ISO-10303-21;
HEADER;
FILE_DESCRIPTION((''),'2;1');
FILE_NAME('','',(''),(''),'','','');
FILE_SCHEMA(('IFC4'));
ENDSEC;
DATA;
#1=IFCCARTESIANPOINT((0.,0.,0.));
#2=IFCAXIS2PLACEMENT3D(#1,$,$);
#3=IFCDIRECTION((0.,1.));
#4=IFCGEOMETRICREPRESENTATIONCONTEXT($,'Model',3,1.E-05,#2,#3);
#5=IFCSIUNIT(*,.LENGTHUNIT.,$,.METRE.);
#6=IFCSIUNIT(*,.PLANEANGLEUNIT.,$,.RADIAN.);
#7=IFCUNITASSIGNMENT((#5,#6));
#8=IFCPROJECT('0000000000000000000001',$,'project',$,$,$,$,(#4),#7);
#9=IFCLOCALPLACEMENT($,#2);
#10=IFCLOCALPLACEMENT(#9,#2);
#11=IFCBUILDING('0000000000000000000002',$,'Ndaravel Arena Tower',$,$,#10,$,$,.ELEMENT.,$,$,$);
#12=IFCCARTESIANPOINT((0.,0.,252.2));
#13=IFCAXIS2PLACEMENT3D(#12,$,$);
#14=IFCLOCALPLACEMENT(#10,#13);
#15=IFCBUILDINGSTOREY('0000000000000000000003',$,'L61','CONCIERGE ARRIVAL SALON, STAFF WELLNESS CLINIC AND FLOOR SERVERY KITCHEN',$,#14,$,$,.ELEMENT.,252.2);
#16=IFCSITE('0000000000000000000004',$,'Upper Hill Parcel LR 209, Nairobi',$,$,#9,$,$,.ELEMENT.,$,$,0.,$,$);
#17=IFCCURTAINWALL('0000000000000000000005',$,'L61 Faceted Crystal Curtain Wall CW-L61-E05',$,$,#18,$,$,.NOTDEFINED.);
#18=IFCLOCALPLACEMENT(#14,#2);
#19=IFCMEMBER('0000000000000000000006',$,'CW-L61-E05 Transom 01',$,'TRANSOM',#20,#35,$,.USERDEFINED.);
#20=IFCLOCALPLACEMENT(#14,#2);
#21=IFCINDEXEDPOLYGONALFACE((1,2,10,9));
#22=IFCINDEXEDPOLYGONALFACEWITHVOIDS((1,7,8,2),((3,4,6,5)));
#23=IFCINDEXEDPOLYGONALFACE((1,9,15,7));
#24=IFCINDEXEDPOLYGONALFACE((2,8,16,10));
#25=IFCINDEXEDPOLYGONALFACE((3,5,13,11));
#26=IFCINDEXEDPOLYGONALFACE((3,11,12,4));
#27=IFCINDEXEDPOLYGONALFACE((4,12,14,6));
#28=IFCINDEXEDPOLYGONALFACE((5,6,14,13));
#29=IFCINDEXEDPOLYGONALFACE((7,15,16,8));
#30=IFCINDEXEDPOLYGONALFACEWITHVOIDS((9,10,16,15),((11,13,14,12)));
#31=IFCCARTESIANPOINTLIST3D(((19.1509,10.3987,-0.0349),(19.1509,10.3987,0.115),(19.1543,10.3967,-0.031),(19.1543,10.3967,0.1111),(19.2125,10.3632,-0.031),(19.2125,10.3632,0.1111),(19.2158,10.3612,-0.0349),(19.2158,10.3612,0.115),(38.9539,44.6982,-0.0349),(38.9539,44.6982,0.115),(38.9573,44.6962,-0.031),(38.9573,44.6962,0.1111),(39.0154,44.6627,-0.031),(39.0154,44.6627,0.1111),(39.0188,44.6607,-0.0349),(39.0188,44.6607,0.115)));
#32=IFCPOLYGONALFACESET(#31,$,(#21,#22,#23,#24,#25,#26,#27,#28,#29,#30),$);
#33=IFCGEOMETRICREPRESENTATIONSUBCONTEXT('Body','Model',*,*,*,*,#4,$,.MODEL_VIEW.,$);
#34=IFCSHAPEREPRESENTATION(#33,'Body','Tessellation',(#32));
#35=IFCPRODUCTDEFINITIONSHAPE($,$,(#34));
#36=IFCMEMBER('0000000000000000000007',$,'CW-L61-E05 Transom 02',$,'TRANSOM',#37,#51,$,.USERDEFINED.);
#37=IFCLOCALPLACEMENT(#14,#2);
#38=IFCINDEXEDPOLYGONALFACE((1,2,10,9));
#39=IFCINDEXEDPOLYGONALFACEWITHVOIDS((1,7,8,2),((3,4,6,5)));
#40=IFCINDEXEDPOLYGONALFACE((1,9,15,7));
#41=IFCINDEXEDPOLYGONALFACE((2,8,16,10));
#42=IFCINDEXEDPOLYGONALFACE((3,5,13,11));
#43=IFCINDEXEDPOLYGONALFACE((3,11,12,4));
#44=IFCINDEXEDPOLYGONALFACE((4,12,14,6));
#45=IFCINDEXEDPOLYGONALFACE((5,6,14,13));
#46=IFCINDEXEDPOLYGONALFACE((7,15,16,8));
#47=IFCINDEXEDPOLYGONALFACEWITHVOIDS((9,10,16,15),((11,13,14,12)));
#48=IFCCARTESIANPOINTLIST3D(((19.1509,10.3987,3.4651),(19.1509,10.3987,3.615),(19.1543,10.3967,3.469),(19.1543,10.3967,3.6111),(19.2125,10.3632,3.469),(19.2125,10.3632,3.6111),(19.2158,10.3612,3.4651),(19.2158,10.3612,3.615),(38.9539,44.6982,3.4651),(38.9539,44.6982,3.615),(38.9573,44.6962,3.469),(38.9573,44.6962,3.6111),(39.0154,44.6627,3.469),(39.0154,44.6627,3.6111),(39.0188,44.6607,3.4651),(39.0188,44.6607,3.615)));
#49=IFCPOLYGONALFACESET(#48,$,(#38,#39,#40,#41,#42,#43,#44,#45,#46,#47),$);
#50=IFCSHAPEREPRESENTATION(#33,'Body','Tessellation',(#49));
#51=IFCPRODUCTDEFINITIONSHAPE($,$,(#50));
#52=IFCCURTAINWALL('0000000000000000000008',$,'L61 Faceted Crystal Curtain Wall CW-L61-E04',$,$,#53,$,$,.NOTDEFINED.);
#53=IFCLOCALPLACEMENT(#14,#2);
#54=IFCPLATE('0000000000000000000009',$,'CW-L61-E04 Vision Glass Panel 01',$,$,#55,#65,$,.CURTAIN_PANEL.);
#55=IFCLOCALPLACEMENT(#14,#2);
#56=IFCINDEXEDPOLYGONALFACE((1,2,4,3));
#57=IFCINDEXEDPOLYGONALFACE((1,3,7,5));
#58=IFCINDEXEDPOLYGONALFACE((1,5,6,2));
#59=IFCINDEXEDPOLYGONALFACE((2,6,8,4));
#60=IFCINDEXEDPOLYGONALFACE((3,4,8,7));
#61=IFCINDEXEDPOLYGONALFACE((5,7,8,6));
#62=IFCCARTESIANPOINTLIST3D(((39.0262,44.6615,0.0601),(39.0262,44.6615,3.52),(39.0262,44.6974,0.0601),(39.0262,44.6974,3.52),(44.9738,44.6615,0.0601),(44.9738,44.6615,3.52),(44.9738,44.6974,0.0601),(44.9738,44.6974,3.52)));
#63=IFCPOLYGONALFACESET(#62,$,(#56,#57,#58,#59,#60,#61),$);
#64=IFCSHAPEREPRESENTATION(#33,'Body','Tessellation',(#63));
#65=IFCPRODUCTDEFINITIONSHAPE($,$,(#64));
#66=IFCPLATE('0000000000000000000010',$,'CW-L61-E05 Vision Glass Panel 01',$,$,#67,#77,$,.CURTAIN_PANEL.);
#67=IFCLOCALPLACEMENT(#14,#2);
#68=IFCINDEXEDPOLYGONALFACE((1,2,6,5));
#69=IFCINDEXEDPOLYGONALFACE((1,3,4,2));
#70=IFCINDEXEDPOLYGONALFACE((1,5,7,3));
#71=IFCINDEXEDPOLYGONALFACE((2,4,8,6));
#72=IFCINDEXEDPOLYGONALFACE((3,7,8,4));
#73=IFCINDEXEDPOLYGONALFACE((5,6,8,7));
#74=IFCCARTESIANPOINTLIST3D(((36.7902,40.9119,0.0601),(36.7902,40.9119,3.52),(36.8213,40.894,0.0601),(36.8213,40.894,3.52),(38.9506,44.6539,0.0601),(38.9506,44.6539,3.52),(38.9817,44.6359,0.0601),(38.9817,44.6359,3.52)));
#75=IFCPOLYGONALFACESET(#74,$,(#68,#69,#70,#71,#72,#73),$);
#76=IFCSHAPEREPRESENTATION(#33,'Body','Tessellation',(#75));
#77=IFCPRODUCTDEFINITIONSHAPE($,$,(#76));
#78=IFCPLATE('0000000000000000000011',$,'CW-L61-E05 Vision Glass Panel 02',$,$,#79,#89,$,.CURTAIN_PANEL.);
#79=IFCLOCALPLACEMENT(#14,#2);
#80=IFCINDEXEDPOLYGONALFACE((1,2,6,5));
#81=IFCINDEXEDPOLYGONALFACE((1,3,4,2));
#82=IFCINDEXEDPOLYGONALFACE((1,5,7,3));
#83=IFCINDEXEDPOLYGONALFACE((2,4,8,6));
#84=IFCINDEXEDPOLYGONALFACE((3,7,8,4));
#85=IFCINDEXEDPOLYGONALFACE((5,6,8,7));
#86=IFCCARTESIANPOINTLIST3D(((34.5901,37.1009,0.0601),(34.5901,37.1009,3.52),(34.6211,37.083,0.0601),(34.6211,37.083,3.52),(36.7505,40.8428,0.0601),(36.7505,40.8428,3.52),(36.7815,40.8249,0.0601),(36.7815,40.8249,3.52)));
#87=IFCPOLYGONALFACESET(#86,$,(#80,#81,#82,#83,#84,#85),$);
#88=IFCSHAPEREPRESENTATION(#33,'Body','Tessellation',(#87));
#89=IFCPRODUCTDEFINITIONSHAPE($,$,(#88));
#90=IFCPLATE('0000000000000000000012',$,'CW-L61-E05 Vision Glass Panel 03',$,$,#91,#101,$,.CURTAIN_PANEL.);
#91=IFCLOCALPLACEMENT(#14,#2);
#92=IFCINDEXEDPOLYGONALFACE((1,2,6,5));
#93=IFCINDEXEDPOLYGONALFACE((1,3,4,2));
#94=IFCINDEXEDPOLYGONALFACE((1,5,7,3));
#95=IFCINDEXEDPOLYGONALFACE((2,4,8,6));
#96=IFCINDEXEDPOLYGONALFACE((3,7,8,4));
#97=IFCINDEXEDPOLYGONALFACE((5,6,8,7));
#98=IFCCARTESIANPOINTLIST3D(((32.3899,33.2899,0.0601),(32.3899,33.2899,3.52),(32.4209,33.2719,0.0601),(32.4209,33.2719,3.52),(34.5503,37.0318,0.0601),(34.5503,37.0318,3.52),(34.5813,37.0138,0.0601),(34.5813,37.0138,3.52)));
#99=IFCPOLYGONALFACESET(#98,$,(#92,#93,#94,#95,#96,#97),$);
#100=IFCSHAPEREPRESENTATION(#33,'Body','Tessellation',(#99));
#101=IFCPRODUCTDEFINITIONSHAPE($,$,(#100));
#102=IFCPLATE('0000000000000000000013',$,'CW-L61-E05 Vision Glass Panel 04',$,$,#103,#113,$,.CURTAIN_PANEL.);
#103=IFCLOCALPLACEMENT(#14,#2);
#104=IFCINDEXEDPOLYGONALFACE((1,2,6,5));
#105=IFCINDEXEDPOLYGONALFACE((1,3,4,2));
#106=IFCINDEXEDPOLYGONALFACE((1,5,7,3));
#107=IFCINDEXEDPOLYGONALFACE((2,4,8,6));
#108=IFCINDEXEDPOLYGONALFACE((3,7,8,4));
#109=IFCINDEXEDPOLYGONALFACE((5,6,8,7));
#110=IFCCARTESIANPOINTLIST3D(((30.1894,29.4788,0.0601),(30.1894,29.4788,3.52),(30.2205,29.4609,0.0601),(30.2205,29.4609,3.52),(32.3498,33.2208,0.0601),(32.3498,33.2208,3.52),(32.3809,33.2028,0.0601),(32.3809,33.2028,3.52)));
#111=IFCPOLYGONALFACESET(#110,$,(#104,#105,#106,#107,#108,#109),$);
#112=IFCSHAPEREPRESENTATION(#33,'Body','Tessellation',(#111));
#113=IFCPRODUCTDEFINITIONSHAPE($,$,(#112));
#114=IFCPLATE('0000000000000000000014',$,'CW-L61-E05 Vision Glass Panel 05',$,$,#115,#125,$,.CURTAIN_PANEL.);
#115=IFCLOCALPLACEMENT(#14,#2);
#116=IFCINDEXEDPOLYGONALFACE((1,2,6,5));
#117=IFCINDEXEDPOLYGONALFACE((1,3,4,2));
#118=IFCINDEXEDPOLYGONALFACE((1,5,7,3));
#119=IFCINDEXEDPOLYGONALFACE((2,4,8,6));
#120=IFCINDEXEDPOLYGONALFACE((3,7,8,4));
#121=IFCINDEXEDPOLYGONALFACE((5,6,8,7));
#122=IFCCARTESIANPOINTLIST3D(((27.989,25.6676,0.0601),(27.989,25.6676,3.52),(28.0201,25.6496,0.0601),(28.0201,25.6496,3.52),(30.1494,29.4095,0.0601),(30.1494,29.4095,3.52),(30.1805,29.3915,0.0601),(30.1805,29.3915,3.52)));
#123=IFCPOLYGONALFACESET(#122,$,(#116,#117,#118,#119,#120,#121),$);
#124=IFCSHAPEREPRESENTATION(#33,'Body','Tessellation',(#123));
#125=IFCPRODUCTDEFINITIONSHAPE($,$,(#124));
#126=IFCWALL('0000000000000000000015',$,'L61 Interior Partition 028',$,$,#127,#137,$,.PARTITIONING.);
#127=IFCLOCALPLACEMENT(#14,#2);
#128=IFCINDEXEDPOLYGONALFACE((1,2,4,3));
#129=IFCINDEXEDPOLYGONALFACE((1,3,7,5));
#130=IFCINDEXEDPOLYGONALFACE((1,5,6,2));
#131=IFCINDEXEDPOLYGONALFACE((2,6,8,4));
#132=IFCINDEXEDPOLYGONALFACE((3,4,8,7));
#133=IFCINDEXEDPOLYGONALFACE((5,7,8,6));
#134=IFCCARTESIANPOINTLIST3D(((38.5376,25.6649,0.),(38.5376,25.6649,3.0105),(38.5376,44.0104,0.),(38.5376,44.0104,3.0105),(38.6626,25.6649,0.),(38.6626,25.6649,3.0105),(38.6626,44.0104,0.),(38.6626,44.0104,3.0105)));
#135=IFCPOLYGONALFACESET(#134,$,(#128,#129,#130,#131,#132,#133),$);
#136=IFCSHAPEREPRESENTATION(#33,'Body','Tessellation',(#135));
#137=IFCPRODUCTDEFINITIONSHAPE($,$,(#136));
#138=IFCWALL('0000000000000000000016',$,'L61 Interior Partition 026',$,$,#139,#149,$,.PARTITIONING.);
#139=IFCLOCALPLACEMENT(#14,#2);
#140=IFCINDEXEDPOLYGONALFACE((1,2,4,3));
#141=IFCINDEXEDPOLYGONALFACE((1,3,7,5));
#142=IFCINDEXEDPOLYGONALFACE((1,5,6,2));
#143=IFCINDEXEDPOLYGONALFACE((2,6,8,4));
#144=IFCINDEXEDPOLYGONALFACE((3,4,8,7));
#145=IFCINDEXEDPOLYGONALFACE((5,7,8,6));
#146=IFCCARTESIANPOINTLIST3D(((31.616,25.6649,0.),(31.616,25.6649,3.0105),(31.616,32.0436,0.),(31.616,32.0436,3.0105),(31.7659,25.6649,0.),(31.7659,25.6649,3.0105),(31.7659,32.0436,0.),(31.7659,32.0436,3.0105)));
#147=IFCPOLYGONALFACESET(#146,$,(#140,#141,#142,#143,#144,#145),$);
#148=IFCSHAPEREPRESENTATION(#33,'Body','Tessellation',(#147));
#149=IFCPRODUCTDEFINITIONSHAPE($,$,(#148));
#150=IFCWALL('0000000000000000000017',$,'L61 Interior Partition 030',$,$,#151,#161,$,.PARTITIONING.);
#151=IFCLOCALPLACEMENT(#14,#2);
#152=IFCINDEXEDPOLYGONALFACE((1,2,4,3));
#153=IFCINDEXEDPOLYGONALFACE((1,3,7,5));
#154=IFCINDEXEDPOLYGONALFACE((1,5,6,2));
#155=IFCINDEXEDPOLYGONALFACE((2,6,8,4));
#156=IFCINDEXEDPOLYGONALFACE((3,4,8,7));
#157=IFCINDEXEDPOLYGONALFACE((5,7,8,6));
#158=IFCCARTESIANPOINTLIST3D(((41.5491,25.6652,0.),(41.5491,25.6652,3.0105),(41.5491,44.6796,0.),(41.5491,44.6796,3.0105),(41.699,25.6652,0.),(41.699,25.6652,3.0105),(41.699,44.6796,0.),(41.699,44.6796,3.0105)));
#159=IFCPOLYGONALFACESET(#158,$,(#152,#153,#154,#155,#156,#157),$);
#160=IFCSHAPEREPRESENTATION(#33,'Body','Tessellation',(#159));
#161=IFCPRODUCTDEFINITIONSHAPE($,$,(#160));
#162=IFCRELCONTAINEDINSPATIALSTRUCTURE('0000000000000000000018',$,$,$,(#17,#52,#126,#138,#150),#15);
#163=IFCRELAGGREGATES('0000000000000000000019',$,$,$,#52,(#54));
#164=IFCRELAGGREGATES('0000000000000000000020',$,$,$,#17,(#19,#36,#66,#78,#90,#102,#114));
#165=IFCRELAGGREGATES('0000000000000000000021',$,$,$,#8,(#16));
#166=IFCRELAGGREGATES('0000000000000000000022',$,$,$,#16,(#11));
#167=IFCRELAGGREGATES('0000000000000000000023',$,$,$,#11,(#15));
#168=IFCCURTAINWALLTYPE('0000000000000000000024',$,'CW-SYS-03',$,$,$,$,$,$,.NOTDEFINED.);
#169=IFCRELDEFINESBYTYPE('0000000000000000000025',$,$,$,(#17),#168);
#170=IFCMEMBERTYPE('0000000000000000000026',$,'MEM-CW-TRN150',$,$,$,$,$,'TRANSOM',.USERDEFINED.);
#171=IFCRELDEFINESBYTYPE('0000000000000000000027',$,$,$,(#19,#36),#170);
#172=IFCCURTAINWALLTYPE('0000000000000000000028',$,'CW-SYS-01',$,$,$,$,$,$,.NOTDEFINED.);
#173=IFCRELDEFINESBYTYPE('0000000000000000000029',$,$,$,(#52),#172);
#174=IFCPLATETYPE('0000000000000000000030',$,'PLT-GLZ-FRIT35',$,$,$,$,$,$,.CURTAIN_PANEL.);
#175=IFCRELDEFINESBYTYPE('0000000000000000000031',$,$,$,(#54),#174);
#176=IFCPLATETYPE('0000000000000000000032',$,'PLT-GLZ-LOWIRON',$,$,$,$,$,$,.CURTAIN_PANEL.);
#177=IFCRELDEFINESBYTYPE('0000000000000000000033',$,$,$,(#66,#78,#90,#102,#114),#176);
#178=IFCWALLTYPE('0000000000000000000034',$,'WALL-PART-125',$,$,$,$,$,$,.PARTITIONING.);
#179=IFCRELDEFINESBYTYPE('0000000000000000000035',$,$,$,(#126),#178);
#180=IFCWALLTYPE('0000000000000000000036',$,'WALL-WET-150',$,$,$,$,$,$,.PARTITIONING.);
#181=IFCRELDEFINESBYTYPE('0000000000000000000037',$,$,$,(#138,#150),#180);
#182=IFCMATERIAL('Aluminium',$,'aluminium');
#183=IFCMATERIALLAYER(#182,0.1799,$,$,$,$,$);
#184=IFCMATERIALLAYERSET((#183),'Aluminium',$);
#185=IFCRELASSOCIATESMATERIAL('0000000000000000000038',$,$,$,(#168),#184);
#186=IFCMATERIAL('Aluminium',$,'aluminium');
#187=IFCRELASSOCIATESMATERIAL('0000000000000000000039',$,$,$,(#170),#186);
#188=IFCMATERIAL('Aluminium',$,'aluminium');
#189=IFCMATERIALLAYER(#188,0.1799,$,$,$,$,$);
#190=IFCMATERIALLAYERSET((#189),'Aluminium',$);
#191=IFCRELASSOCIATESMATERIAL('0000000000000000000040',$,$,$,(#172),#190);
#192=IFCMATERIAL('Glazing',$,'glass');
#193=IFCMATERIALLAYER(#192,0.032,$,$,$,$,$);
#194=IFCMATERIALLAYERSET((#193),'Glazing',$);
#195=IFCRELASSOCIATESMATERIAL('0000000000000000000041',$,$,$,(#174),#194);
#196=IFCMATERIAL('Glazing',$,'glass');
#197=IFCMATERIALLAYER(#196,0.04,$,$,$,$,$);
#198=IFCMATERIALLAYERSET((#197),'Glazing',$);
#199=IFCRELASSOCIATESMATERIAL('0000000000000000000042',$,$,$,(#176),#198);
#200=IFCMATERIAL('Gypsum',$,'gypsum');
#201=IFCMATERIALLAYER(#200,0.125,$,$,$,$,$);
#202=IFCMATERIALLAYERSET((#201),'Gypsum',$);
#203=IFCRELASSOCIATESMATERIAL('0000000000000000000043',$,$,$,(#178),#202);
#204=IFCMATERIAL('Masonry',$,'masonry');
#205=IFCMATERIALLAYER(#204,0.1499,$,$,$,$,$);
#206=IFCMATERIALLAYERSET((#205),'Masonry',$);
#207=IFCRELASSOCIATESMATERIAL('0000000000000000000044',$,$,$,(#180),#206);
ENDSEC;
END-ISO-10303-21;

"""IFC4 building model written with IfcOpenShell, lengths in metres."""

from ifc_helpers import new_model, si_unit, direction, frame, frame_2d, origin, origin_2d, place, context, subcontext, project, spatial, rectangle, hollow_rectangle, extrude, material, layer, layer_set, material_profile, profile_set, type_object, element, aggregate, save


model = new_model("IFC4")

# Units and contexts
model_context = context("Model", 3, precision=1e-05, world=origin(), true_north=direction((0.0, 1.0)))
body_context = subcontext(model_context, "Body", "Model", "MODEL_VIEW")
ifc_project = project(units=[si_unit("LENGTHUNIT", "METRE"), si_unit("PLANEANGLEUNIT", "RADIAN")], contexts=[model_context])

# Site, building, storey
site_placement = place(None, origin())
site = spatial("IfcSite", under=ifc_project, at=site_placement, Name="Upper Hill Parcel LR 209, Nairobi", CompositionType="ELEMENT", RefElevation=0.0)
building_placement = place(site_placement, origin())
building = spatial("IfcBuilding", under=site, at=building_placement, Name="Ndaravel Arena Tower", CompositionType="ELEMENT")
storey_placement = place(building_placement, frame((0.0, 0.0, 252.2)))
storey = spatial("IfcBuildingStorey", under=building, at=storey_placement, Name="L61", Description="CONCIERGE ARRIVAL SALON, STAFF WELLNESS CLINIC AND FLOOR SERVERY KITCHEN", CompositionType="ELEMENT", Elevation=252.2)

# Curtain wall, members
ifc_material_1 = material(Name="Aluminium", Category="aluminium")
ifc_layer_1 = layer(ifc_material_1, 0.1799)
ifc_layer_set_1 = layer_set([ifc_layer_1], Name="Aluminium")
curtain_wall_type_1 = type_object("IfcCurtainWallType", Name="CW-SYS-03", PredefinedType="NOTDEFINED", material=ifc_layer_set_1)
curtain_wall_1_placement = place(storey_placement, origin())
curtain_wall_1 = element("IfcCurtainWall", 1, at=curtain_wall_1_placement, inside=storey, type_object=curtain_wall_type_1, Name="L61 Faceted Crystal Curtain Wall CW-L61-E05", PredefinedType="NOTDEFINED")
ifc_material_2 = material(Name="Aluminium", Category="aluminium")
ifc_material_profile_1 = material_profile(ifc_material_2, hollow_rectangle(XDim=0.075, YDim=0.1499, WallThickness=0.0039, at=origin_2d()), Name="CW TRANSOM 75x150x4")
ifc_profile_set_1 = profile_set([ifc_material_profile_1], Name="Aluminium")
member_type_1 = type_object("IfcMemberType", Name="MEM-CW-TRN150", ElementType="TRANSOM", PredefinedType="USERDEFINED", material=ifc_profile_set_1)
member_1_placement = place(storey_placement, frame((38.9863, 44.6794, 0.04), z_axis=(-0.500002, -0.866024, 0.0), x_axis=(0.866024, -0.500002, 0.0)))
member_1 = element("IfcMember", 2, at=member_1_placement, type_object=member_type_1, Name="CW-L61-E05 Transom 01", ObjectType="TRANSOM", PredefinedType="USERDEFINED", context=body_context, shape_type="SweptSolid", body=[
    extrude(hollow_rectangle(XDim=0.075, YDim=0.1499, WallThickness=0.0039, at=origin_2d()), origin(), (0.0, 0.0, 1.0), 39.6057),
])
member_2_placement = place(storey_placement, frame((38.9863, 44.6794, 3.54), z_axis=(-0.500002, -0.866024, 0.0), x_axis=(0.866024, -0.500002, 0.0)))
member_2 = element("IfcMember", 3, at=member_2_placement, type_object=member_type_1, Name="CW-L61-E05 Transom 02", ObjectType="TRANSOM", PredefinedType="USERDEFINED", context=body_context, shape_type="SweptSolid", body=[
    extrude(hollow_rectangle(XDim=0.075, YDim=0.1499, WallThickness=0.0039, at=origin_2d()), origin(), (0.0, 0.0, 1.0), 39.6057),
])

# Curtain wall, plate
ifc_material_3 = material(Name="Aluminium", Category="aluminium")
ifc_layer_2 = layer(ifc_material_3, 0.1799)
ifc_layer_set_2 = layer_set([ifc_layer_2], Name="Aluminium")
curtain_wall_type_2 = type_object("IfcCurtainWallType", Name="CW-SYS-01", PredefinedType="NOTDEFINED", material=ifc_layer_set_2)
curtain_wall_2_placement = place(storey_placement, origin())
curtain_wall_2 = element("IfcCurtainWall", 4, at=curtain_wall_2_placement, inside=storey, type_object=curtain_wall_type_2, Name="L61 Faceted Crystal Curtain Wall CW-L61-E04", PredefinedType="NOTDEFINED")
ifc_material_4 = material(Name="Glazing", Category="glass")
ifc_layer_3 = layer(ifc_material_4, 0.032)
ifc_layer_set_3 = layer_set([ifc_layer_3], Name="Glazing")
plate_type_1 = type_object("IfcPlateType", Name="PLT-GLZ-FRIT35", PredefinedType="CURTAIN_PANEL", material=ifc_layer_set_3)
plate_1_placement = place(storey_placement, frame((42.0, 44.6794, 0.0601), z_axis=(0.0, 0.0, 1.0), x_axis=(-1.0, 0.0, 0.0)))
plate_1 = element("IfcPlate", 5, at=plate_1_placement, type_object=plate_type_1, Name="CW-L61-E04 Vision Glass Panel 01", PredefinedType="CURTAIN_PANEL", context=body_context, shape_type="SweptSolid", body=[
    extrude(rectangle(XDim=5.9475, YDim=0.0359, at=origin_2d()), origin(), (0.0, 0.0, 1.0), 3.46),
])
aggregate(curtain_wall_2, [plate_1])

# Plates
ifc_material_5 = material(Name="Glazing", Category="glass")
ifc_layer_4 = layer(ifc_material_5, 0.04)
ifc_layer_set_4 = layer_set([ifc_layer_4], Name="Glazing")
plate_type_2 = type_object("IfcPlateType", Name="PLT-GLZ-LOWIRON", PredefinedType="CURTAIN_PANEL", material=ifc_layer_set_4)
plate_2_placement = place(storey_placement, frame((37.886, 42.7739, 0.0601), z_axis=(0.0, 0.0, 1.0), x_axis=(-0.5, -0.866025, 0.0)))
plate_2 = element("IfcPlate", 6, at=plate_2_placement, type_object=plate_type_2, Name="CW-L61-E05 Vision Glass Panel 01", PredefinedType="CURTAIN_PANEL", context=body_context, shape_type="SweptSolid", body=[
    extrude(rectangle(XDim=4.3208, YDim=0.0359, at=origin_2d()), origin(), (0.0, 0.0, 1.0), 3.46),
])
plate_3_placement = place(storey_placement, frame((35.6858, 38.9629, 0.0601), z_axis=(0.0, 0.0, 1.0), x_axis=(-0.5, -0.866025, 0.0)))
plate_3 = element("IfcPlate", 7, at=plate_3_placement, type_object=plate_type_2, Name="CW-L61-E05 Vision Glass Panel 02", PredefinedType="CURTAIN_PANEL", context=body_context, shape_type="SweptSolid", body=[
    extrude(rectangle(XDim=4.3208, YDim=0.0359, at=origin_2d()), origin(), (0.0, 0.0, 1.0), 3.46),
])
plate_4_placement = place(storey_placement, frame((33.4856, 35.1519, 0.0601), z_axis=(0.0, 0.0, 1.0), x_axis=(-0.5, -0.866025, 0.0)))
plate_4 = element("IfcPlate", 8, at=plate_4_placement, type_object=plate_type_2, Name="CW-L61-E05 Vision Glass Panel 03", PredefinedType="CURTAIN_PANEL", context=body_context, shape_type="SweptSolid", body=[
    extrude(rectangle(XDim=4.3208, YDim=0.0359, at=origin_2d()), origin(), (0.0, 0.0, 1.0), 3.46),
])
plate_5_placement = place(storey_placement, frame((31.2852, 31.3408, 0.0601), z_axis=(0.0, 0.0, 1.0), x_axis=(-0.5, -0.866025, 0.0)))
plate_5 = element("IfcPlate", 9, at=plate_5_placement, type_object=plate_type_2, Name="CW-L61-E05 Vision Glass Panel 04", PredefinedType="CURTAIN_PANEL", context=body_context, shape_type="SweptSolid", body=[
    extrude(rectangle(XDim=4.3208, YDim=0.0359, at=origin_2d()), origin(), (0.0, 0.0, 1.0), 3.46),
])
plate_6_placement = place(storey_placement, frame((29.0847, 27.5295, 0.0601), z_axis=(0.0, 0.0, 1.0), x_axis=(-0.5, -0.866025, 0.0)))
plate_6 = element("IfcPlate", 10, at=plate_6_placement, type_object=plate_type_2, Name="CW-L61-E05 Vision Glass Panel 05", PredefinedType="CURTAIN_PANEL", context=body_context, shape_type="SweptSolid", body=[
    extrude(rectangle(XDim=4.3208, YDim=0.0359, at=origin_2d()), origin(), (0.0, 0.0, 1.0), 3.46),
])
aggregate(curtain_wall_1, [member_1, member_2, plate_2, plate_3, plate_4, plate_5, plate_6])

# Walls
ifc_material_6 = material(Name="Gypsum", Category="gypsum")
ifc_layer_5 = layer(ifc_material_6, 0.125)
ifc_layer_set_5 = layer_set([ifc_layer_5], Name="Gypsum")
wall_type_1 = type_object("IfcWallType", Name="WALL-PART-125", PredefinedType="PARTITIONING", material=ifc_layer_set_5)
wall_1_placement = place(storey_placement, frame((38.6001, 44.0105, 0.0), z_axis=(0.0, 0.0, 1.0), x_axis=(0.0, -1.0, 0.0)))
element("IfcWall", 11, at=wall_1_placement, inside=storey, type_object=wall_type_1, Name="L61 Interior Partition 028", PredefinedType="PARTITIONING", context=body_context, shape_type="SweptSolid", body=[
    extrude(rectangle(XDim=18.3455, YDim=0.125, at=frame_2d((9.1729, 0.0))), origin(), (0.0, 0.0, 1.0), 3.0105),
])
ifc_material_7 = material(Name="Masonry", Category="masonry")
ifc_layer_6 = layer(ifc_material_7, 0.1499)
ifc_layer_set_6 = layer_set([ifc_layer_6], Name="Masonry")
wall_type_2 = type_object("IfcWallType", Name="WALL-WET-150", PredefinedType="PARTITIONING", material=ifc_layer_set_6)
wall_2_placement = place(storey_placement, frame((31.6909, 32.0437, 0.0), z_axis=(0.0, 0.0, 1.0), x_axis=(0.0, -1.0, 0.0)))
element("IfcWall", 12, at=wall_2_placement, inside=storey, type_object=wall_type_2, Name="L61 Interior Partition 026", PredefinedType="PARTITIONING", context=body_context, shape_type="SweptSolid", body=[
    extrude(rectangle(XDim=6.3787, YDim=0.1499, at=frame_2d((3.1895, 0.0))), origin(), (0.0, 0.0, 1.0), 3.0105),
])
wall_3_placement = place(storey_placement, frame((41.624, 25.665, 0.0), z_axis=(0.0, 0.0, 1.0), x_axis=(0.0, 1.0, 0.0)))
element("IfcWall", 13, at=wall_3_placement, inside=storey, type_object=wall_type_2, Name="L61 Interior Partition 030", PredefinedType="PARTITIONING", context=body_context, shape_type="SweptSolid", body=[
    extrude(rectangle(XDim=19.0144, YDim=0.1499, at=frame_2d((9.5073, 0.0))), origin(), (0.0, 0.0, 1.0), 3.0105),
])

save(model, "model.ifc")
